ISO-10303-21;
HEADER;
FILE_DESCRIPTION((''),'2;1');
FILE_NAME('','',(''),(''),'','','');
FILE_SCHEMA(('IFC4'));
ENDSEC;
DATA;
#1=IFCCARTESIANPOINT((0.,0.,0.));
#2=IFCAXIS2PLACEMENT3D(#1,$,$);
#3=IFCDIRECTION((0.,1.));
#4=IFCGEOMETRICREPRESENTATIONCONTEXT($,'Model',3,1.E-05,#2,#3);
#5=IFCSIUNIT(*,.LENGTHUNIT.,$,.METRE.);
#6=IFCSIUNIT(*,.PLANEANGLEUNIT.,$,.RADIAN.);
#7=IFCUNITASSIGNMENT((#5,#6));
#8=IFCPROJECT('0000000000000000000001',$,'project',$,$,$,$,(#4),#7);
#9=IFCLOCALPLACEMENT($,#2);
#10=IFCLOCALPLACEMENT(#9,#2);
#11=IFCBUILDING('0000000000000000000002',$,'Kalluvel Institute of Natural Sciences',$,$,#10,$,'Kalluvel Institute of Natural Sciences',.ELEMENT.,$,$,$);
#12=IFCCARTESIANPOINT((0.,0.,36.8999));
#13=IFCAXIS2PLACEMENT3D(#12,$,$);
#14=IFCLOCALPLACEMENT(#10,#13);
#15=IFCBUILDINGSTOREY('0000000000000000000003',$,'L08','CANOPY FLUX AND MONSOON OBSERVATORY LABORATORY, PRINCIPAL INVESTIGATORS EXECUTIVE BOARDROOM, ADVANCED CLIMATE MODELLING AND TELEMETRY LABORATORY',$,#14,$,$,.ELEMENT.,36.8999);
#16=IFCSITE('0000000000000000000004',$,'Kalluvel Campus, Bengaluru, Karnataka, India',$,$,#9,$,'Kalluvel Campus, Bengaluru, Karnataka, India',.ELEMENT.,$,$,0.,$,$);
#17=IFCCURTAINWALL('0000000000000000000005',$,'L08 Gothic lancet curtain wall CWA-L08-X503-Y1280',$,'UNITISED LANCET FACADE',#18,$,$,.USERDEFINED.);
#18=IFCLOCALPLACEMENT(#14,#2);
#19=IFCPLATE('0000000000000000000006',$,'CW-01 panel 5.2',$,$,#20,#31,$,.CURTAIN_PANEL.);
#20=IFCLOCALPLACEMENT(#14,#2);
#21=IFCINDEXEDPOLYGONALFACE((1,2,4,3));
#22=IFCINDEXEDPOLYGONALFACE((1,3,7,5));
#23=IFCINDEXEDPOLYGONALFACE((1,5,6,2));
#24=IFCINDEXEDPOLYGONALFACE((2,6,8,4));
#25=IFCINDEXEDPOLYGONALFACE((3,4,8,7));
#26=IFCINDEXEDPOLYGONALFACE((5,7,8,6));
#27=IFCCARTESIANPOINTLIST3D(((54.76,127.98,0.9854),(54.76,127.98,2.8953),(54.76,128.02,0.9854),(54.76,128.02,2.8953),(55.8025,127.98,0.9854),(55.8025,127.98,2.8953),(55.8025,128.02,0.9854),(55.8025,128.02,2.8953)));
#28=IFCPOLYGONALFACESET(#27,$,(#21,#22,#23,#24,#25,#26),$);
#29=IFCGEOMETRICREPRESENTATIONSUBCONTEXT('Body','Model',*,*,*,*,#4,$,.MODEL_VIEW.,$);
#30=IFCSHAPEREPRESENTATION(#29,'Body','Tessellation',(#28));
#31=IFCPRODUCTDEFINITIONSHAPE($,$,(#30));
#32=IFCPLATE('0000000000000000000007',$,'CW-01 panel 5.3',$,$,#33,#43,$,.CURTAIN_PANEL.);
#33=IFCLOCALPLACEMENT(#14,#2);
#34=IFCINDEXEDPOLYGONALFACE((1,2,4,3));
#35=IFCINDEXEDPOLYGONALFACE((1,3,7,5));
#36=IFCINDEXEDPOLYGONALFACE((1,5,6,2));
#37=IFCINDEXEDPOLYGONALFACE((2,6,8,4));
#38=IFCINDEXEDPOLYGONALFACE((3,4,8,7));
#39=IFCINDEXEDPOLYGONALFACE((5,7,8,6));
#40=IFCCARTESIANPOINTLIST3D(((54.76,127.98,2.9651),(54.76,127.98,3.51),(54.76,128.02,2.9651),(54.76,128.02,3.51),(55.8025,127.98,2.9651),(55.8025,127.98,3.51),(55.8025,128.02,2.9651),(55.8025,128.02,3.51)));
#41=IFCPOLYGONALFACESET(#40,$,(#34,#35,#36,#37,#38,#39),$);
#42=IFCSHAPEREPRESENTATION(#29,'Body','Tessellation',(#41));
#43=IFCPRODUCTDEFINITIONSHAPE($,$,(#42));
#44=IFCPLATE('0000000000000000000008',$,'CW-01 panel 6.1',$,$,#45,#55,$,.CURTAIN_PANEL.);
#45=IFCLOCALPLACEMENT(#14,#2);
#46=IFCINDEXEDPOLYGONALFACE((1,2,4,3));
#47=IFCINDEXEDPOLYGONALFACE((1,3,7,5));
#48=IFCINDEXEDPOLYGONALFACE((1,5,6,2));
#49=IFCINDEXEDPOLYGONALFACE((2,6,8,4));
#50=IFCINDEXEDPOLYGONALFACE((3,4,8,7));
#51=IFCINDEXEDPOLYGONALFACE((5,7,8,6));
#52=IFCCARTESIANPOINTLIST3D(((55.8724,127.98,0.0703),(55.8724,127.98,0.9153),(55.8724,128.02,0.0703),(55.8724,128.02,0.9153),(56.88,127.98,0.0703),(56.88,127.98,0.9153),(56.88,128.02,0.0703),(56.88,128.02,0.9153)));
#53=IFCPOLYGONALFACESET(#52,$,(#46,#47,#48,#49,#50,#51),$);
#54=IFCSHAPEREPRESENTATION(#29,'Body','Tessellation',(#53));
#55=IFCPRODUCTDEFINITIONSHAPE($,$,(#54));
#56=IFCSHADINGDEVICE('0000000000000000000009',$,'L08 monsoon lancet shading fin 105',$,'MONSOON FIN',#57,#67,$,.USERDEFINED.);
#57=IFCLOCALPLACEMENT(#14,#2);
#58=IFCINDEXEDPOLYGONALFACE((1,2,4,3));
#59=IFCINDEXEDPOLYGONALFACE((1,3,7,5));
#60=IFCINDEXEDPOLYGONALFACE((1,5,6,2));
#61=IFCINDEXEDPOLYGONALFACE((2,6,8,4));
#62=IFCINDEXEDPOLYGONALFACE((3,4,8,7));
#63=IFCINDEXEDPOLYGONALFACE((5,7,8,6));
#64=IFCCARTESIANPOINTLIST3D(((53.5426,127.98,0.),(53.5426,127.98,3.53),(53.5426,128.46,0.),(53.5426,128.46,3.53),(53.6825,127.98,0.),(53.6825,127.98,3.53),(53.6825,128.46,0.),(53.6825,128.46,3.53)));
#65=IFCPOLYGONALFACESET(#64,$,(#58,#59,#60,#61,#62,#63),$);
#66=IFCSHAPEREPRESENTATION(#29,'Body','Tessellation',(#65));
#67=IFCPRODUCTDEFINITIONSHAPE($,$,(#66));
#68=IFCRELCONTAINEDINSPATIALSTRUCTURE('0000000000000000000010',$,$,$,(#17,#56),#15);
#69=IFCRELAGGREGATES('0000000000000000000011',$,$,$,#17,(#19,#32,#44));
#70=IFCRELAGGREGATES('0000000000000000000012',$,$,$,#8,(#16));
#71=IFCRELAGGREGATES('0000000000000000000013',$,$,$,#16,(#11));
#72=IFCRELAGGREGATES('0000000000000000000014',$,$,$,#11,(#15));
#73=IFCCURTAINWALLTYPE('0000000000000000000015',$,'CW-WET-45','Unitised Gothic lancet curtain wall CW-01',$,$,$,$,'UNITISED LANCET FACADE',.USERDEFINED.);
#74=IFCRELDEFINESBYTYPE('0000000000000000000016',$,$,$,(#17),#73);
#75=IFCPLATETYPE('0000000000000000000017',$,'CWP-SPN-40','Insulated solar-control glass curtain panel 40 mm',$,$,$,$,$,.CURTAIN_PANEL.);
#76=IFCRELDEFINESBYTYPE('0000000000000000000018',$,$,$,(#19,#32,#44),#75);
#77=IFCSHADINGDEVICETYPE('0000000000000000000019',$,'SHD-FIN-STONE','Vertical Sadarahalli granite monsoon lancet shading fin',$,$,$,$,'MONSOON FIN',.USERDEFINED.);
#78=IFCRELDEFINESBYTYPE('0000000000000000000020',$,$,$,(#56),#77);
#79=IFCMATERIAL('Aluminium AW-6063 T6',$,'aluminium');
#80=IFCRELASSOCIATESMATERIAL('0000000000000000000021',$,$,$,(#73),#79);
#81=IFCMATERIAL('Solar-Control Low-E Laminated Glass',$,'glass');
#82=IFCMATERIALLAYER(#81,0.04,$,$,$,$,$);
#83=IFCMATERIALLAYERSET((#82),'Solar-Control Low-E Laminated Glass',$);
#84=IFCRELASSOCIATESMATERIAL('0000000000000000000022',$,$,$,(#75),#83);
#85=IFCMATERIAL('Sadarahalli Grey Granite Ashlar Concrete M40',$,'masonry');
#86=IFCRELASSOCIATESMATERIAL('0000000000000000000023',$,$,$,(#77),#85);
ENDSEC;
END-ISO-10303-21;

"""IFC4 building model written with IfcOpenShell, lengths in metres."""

from ifc_helpers import new_model, si_unit, direction, frame, origin, origin_2d, place, context, subcontext, project, spatial, rectangle, extrude, material, layer, layer_set, type_object, element, aggregate, save


model = new_model("IFC4")

# Units and contexts
model_context = context("Model", 3, precision=1e-05, world=origin(), true_north=direction((0.0, 1.0)))
body_context = subcontext(model_context, "Body", "Model", "MODEL_VIEW")
ifc_project = project(units=[si_unit("LENGTHUNIT", "METRE"), si_unit("PLANEANGLEUNIT", "RADIAN")], contexts=[model_context])

# Site, building, storey
site_placement = place(None, origin())
site = spatial("IfcSite", under=ifc_project, at=site_placement, Name="Kalluvel Campus, Bengaluru, Karnataka, India", LongName="Kalluvel Campus, Bengaluru, Karnataka, India", CompositionType="ELEMENT", RefElevation=0.0)
building_placement = place(site_placement, origin())
building = spatial("IfcBuilding", under=site, at=building_placement, Name="Kalluvel Institute of Natural Sciences", LongName="Kalluvel Institute of Natural Sciences", CompositionType="ELEMENT")
storey_placement = place(building_placement, frame((0.0, 0.0, 36.8999)))
storey = spatial("IfcBuildingStorey", under=building, at=storey_placement, Name="L08", Description="CANOPY FLUX AND MONSOON OBSERVATORY LABORATORY, PRINCIPAL INVESTIGATORS EXECUTIVE BOARDROOM, ADVANCED CLIMATE MODELLING AND TELEMETRY LABORATORY", CompositionType="ELEMENT", Elevation=36.8999)

# Curtain wall, plates
ifc_material_1 = material(Name="Aluminium AW-6063 T6", Category="aluminium")
curtain_wall_type = type_object("IfcCurtainWallType", Name="CW-WET-45", Description="Unitised Gothic lancet curtain wall CW-01", ElementType="UNITISED LANCET FACADE", PredefinedType="USERDEFINED", material=ifc_material_1)
curtain_wall_placement = place(storey_placement, origin())
curtain_wall = element("IfcCurtainWall", 1, at=curtain_wall_placement, inside=storey, type_object=curtain_wall_type, Name="L08 Gothic lancet curtain wall CWA-L08-X503-Y1280", ObjectType="UNITISED LANCET FACADE", PredefinedType="USERDEFINED")
ifc_material_2 = material(Name="Solar-Control Low-E Laminated Glass", Category="glass")
ifc_layer = layer(ifc_material_2, 0.04)
ifc_layer_set = layer_set([ifc_layer], Name="Solar-Control Low-E Laminated Glass")
plate_type = type_object("IfcPlateType", Name="CWP-SPN-40", Description="Insulated solar-control glass curtain panel 40 mm", PredefinedType="CURTAIN_PANEL", material=ifc_layer_set)
plate_1_placement = place(storey_placement, frame((55.2812, 128.0, 0.9854), z_axis=(0.0, 0.0, 1.0), x_axis=(1.0, 0.0, 0.0)))
plate_1 = element("IfcPlate", 2, at=plate_1_placement, type_object=plate_type, Name="CW-01 panel 5.2", PredefinedType="CURTAIN_PANEL", context=body_context, shape_type="SweptSolid", body=[
    extrude(rectangle(XDim=1.0425, YDim=0.04, at=origin_2d()), origin(), (0.0, 0.0, 1.0), 1.9099),
])
plate_2_placement = place(storey_placement, frame((55.2812, 128.0, 2.9651), z_axis=(0.0, 0.0, 1.0), x_axis=(1.0, 0.0, 0.0)))
plate_2 = element("IfcPlate", 3, at=plate_2_placement, type_object=plate_type, Name="CW-01 panel 5.3", PredefinedType="CURTAIN_PANEL", context=body_context, shape_type="SweptSolid", body=[
    extrude(rectangle(XDim=1.0425, YDim=0.04, at=origin_2d()), origin(), (0.0, 0.0, 1.0), 0.5449),
])
plate_3_placement = place(storey_placement, frame((56.3762, 128.0, 0.0703), z_axis=(0.0, 0.0, 1.0), x_axis=(1.0, 0.0, 0.0)))
plate_3 = element("IfcPlate", 4, at=plate_3_placement, type_object=plate_type, Name="CW-01 panel 6.1", PredefinedType="CURTAIN_PANEL", context=body_context, shape_type="SweptSolid", body=[
    extrude(rectangle(XDim=1.0076, YDim=0.04, at=origin_2d()), origin(), (0.0, 0.0, 1.0), 0.845),
])
aggregate(curtain_wall, [plate_1, plate_2, plate_3])

# Shading device
ifc_material_3 = material(Name="Sadarahalli Grey Granite Ashlar Concrete M40", Category="masonry")
shading_device_type = type_object("IfcShadingDeviceType", Name="SHD-FIN-STONE", Description="Vertical Sadarahalli granite monsoon lancet shading fin", ElementType="MONSOON FIN", PredefinedType="USERDEFINED", material=ifc_material_3)
shading_device_placement = place(storey_placement, frame((53.6125, 128.22, 0.0), z_axis=(0.0, 0.0, 1.0), x_axis=(1.0, 0.0, 0.0)))
element("IfcShadingDevice", 5, at=shading_device_placement, inside=storey, type_object=shading_device_type, Name="L08 monsoon lancet shading fin 105", ObjectType="MONSOON FIN", PredefinedType="USERDEFINED", context=body_context, shape_type="SweptSolid", body=[
    extrude(rectangle(XDim=0.1399, YDim=0.48, at=origin_2d()), origin(), (0.0, 0.0, 1.0), 3.53),
])

save(model, "model.ifc")
